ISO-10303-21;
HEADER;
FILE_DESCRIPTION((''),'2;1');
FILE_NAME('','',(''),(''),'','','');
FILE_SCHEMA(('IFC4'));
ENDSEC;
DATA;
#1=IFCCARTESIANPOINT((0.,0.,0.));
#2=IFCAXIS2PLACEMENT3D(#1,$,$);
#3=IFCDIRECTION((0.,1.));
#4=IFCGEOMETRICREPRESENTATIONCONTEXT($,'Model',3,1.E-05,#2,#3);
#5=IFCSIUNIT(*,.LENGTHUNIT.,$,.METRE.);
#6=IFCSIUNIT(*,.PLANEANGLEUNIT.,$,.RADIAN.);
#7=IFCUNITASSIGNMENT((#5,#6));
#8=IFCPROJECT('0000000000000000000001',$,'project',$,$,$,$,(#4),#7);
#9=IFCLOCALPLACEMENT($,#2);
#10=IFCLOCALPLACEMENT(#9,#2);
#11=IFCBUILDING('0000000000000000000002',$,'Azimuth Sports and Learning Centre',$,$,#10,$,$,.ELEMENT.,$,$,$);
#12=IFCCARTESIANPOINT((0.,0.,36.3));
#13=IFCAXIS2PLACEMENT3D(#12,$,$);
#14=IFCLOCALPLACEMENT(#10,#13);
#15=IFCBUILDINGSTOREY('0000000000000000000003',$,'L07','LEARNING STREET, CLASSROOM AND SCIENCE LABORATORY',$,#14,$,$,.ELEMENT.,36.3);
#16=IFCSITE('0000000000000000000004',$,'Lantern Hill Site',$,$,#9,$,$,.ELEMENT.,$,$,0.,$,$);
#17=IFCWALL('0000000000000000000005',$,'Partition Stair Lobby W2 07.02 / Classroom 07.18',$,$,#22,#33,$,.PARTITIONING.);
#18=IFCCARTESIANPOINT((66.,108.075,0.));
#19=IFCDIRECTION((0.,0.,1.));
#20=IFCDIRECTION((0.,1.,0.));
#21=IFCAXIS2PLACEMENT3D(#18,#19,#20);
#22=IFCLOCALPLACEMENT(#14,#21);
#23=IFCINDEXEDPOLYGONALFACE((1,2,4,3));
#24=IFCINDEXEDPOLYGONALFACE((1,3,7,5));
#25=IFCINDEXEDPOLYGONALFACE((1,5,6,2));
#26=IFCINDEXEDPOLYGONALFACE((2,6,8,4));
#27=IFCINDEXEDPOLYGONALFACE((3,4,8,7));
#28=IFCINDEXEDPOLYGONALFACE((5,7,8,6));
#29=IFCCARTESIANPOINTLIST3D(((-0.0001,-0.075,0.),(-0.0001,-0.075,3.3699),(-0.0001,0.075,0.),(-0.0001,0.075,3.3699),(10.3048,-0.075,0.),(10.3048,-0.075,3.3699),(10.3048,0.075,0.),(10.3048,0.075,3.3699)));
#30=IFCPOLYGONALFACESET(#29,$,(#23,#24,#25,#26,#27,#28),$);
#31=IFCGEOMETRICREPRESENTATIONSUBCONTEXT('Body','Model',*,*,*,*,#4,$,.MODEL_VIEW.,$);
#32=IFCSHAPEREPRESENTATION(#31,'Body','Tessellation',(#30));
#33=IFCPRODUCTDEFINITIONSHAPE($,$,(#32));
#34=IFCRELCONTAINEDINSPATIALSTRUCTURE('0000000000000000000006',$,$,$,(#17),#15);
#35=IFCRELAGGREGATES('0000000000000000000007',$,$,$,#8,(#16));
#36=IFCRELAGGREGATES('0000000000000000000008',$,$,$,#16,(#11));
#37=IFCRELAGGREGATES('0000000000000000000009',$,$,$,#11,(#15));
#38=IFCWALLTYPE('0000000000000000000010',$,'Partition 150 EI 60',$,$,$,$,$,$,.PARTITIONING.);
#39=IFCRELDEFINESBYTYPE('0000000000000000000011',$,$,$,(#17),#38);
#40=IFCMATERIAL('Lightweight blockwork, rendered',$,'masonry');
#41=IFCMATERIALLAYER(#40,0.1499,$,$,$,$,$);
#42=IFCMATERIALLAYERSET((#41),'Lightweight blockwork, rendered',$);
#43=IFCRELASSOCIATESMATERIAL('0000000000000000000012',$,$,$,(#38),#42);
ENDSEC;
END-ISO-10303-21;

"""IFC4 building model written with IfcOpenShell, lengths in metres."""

from ifc_helpers import new_model, si_unit, direction, frame, frame_2d, origin, place, context, subcontext, project, spatial, rectangle, extrude, material, layer, layer_set, type_object, element, save


model = new_model("IFC4")

# Units and contexts
model_context = context("Model", 3, precision=1e-05, world=origin(), true_north=direction((0.0, 1.0)))
body_context = subcontext(model_context, "Body", "Model", "MODEL_VIEW")
ifc_project = project(units=[si_unit("LENGTHUNIT", "METRE"), si_unit("PLANEANGLEUNIT", "RADIAN")], contexts=[model_context])

# Site, building, storey
site_placement = place(None, origin())
site = spatial("IfcSite", under=ifc_project, at=site_placement, Name="Lantern Hill Site", CompositionType="ELEMENT", RefElevation=0.0)
building_placement = place(site_placement, origin())
building = spatial("IfcBuilding", under=site, at=building_placement, Name="Azimuth Sports and Learning Centre", CompositionType="ELEMENT")
storey_placement = place(building_placement, frame((0.0, 0.0, 36.3)))
storey = spatial("IfcBuildingStorey", under=building, at=storey_placement, Name="L07", Description="LEARNING STREET, CLASSROOM AND SCIENCE LABORATORY", CompositionType="ELEMENT", Elevation=36.3)

# Shared definitions
ifc_material_1 = material(Name="Lightweight blockwork, rendered", Category="masonry")
ifc_layer_1 = layer(ifc_material_1, 0.1499)
ifc_layer_set_1 = layer_set([ifc_layer_1], Name="Lightweight blockwork, rendered")
wall_type_1 = type_object("IfcWallType", Name="Partition 150 EI 60", PredefinedType="PARTITIONING", material=ifc_layer_set_1)

# Wall
wall_1_placement = place(storey_placement, frame((66.0, 108.075, 0.0), z_axis=(0.0, 0.0, 1.0), x_axis=(0.0, 1.0, 0.0)))
element("IfcWall", 1, at=wall_1_placement, inside=storey, type_object=wall_type_1, Name="Partition Stair Lobby W2 07.02 / Classroom 07.18", PredefinedType="PARTITIONING", context=body_context, shape_type="SweptSolid", body=[
    extrude(rectangle(XDim=10.3049, YDim=0.1499, at=frame_2d((5.1523, 0.0))), origin(), (0.0, 0.0, 1.0), 3.3699),
])

save(model, "model.ifc")
